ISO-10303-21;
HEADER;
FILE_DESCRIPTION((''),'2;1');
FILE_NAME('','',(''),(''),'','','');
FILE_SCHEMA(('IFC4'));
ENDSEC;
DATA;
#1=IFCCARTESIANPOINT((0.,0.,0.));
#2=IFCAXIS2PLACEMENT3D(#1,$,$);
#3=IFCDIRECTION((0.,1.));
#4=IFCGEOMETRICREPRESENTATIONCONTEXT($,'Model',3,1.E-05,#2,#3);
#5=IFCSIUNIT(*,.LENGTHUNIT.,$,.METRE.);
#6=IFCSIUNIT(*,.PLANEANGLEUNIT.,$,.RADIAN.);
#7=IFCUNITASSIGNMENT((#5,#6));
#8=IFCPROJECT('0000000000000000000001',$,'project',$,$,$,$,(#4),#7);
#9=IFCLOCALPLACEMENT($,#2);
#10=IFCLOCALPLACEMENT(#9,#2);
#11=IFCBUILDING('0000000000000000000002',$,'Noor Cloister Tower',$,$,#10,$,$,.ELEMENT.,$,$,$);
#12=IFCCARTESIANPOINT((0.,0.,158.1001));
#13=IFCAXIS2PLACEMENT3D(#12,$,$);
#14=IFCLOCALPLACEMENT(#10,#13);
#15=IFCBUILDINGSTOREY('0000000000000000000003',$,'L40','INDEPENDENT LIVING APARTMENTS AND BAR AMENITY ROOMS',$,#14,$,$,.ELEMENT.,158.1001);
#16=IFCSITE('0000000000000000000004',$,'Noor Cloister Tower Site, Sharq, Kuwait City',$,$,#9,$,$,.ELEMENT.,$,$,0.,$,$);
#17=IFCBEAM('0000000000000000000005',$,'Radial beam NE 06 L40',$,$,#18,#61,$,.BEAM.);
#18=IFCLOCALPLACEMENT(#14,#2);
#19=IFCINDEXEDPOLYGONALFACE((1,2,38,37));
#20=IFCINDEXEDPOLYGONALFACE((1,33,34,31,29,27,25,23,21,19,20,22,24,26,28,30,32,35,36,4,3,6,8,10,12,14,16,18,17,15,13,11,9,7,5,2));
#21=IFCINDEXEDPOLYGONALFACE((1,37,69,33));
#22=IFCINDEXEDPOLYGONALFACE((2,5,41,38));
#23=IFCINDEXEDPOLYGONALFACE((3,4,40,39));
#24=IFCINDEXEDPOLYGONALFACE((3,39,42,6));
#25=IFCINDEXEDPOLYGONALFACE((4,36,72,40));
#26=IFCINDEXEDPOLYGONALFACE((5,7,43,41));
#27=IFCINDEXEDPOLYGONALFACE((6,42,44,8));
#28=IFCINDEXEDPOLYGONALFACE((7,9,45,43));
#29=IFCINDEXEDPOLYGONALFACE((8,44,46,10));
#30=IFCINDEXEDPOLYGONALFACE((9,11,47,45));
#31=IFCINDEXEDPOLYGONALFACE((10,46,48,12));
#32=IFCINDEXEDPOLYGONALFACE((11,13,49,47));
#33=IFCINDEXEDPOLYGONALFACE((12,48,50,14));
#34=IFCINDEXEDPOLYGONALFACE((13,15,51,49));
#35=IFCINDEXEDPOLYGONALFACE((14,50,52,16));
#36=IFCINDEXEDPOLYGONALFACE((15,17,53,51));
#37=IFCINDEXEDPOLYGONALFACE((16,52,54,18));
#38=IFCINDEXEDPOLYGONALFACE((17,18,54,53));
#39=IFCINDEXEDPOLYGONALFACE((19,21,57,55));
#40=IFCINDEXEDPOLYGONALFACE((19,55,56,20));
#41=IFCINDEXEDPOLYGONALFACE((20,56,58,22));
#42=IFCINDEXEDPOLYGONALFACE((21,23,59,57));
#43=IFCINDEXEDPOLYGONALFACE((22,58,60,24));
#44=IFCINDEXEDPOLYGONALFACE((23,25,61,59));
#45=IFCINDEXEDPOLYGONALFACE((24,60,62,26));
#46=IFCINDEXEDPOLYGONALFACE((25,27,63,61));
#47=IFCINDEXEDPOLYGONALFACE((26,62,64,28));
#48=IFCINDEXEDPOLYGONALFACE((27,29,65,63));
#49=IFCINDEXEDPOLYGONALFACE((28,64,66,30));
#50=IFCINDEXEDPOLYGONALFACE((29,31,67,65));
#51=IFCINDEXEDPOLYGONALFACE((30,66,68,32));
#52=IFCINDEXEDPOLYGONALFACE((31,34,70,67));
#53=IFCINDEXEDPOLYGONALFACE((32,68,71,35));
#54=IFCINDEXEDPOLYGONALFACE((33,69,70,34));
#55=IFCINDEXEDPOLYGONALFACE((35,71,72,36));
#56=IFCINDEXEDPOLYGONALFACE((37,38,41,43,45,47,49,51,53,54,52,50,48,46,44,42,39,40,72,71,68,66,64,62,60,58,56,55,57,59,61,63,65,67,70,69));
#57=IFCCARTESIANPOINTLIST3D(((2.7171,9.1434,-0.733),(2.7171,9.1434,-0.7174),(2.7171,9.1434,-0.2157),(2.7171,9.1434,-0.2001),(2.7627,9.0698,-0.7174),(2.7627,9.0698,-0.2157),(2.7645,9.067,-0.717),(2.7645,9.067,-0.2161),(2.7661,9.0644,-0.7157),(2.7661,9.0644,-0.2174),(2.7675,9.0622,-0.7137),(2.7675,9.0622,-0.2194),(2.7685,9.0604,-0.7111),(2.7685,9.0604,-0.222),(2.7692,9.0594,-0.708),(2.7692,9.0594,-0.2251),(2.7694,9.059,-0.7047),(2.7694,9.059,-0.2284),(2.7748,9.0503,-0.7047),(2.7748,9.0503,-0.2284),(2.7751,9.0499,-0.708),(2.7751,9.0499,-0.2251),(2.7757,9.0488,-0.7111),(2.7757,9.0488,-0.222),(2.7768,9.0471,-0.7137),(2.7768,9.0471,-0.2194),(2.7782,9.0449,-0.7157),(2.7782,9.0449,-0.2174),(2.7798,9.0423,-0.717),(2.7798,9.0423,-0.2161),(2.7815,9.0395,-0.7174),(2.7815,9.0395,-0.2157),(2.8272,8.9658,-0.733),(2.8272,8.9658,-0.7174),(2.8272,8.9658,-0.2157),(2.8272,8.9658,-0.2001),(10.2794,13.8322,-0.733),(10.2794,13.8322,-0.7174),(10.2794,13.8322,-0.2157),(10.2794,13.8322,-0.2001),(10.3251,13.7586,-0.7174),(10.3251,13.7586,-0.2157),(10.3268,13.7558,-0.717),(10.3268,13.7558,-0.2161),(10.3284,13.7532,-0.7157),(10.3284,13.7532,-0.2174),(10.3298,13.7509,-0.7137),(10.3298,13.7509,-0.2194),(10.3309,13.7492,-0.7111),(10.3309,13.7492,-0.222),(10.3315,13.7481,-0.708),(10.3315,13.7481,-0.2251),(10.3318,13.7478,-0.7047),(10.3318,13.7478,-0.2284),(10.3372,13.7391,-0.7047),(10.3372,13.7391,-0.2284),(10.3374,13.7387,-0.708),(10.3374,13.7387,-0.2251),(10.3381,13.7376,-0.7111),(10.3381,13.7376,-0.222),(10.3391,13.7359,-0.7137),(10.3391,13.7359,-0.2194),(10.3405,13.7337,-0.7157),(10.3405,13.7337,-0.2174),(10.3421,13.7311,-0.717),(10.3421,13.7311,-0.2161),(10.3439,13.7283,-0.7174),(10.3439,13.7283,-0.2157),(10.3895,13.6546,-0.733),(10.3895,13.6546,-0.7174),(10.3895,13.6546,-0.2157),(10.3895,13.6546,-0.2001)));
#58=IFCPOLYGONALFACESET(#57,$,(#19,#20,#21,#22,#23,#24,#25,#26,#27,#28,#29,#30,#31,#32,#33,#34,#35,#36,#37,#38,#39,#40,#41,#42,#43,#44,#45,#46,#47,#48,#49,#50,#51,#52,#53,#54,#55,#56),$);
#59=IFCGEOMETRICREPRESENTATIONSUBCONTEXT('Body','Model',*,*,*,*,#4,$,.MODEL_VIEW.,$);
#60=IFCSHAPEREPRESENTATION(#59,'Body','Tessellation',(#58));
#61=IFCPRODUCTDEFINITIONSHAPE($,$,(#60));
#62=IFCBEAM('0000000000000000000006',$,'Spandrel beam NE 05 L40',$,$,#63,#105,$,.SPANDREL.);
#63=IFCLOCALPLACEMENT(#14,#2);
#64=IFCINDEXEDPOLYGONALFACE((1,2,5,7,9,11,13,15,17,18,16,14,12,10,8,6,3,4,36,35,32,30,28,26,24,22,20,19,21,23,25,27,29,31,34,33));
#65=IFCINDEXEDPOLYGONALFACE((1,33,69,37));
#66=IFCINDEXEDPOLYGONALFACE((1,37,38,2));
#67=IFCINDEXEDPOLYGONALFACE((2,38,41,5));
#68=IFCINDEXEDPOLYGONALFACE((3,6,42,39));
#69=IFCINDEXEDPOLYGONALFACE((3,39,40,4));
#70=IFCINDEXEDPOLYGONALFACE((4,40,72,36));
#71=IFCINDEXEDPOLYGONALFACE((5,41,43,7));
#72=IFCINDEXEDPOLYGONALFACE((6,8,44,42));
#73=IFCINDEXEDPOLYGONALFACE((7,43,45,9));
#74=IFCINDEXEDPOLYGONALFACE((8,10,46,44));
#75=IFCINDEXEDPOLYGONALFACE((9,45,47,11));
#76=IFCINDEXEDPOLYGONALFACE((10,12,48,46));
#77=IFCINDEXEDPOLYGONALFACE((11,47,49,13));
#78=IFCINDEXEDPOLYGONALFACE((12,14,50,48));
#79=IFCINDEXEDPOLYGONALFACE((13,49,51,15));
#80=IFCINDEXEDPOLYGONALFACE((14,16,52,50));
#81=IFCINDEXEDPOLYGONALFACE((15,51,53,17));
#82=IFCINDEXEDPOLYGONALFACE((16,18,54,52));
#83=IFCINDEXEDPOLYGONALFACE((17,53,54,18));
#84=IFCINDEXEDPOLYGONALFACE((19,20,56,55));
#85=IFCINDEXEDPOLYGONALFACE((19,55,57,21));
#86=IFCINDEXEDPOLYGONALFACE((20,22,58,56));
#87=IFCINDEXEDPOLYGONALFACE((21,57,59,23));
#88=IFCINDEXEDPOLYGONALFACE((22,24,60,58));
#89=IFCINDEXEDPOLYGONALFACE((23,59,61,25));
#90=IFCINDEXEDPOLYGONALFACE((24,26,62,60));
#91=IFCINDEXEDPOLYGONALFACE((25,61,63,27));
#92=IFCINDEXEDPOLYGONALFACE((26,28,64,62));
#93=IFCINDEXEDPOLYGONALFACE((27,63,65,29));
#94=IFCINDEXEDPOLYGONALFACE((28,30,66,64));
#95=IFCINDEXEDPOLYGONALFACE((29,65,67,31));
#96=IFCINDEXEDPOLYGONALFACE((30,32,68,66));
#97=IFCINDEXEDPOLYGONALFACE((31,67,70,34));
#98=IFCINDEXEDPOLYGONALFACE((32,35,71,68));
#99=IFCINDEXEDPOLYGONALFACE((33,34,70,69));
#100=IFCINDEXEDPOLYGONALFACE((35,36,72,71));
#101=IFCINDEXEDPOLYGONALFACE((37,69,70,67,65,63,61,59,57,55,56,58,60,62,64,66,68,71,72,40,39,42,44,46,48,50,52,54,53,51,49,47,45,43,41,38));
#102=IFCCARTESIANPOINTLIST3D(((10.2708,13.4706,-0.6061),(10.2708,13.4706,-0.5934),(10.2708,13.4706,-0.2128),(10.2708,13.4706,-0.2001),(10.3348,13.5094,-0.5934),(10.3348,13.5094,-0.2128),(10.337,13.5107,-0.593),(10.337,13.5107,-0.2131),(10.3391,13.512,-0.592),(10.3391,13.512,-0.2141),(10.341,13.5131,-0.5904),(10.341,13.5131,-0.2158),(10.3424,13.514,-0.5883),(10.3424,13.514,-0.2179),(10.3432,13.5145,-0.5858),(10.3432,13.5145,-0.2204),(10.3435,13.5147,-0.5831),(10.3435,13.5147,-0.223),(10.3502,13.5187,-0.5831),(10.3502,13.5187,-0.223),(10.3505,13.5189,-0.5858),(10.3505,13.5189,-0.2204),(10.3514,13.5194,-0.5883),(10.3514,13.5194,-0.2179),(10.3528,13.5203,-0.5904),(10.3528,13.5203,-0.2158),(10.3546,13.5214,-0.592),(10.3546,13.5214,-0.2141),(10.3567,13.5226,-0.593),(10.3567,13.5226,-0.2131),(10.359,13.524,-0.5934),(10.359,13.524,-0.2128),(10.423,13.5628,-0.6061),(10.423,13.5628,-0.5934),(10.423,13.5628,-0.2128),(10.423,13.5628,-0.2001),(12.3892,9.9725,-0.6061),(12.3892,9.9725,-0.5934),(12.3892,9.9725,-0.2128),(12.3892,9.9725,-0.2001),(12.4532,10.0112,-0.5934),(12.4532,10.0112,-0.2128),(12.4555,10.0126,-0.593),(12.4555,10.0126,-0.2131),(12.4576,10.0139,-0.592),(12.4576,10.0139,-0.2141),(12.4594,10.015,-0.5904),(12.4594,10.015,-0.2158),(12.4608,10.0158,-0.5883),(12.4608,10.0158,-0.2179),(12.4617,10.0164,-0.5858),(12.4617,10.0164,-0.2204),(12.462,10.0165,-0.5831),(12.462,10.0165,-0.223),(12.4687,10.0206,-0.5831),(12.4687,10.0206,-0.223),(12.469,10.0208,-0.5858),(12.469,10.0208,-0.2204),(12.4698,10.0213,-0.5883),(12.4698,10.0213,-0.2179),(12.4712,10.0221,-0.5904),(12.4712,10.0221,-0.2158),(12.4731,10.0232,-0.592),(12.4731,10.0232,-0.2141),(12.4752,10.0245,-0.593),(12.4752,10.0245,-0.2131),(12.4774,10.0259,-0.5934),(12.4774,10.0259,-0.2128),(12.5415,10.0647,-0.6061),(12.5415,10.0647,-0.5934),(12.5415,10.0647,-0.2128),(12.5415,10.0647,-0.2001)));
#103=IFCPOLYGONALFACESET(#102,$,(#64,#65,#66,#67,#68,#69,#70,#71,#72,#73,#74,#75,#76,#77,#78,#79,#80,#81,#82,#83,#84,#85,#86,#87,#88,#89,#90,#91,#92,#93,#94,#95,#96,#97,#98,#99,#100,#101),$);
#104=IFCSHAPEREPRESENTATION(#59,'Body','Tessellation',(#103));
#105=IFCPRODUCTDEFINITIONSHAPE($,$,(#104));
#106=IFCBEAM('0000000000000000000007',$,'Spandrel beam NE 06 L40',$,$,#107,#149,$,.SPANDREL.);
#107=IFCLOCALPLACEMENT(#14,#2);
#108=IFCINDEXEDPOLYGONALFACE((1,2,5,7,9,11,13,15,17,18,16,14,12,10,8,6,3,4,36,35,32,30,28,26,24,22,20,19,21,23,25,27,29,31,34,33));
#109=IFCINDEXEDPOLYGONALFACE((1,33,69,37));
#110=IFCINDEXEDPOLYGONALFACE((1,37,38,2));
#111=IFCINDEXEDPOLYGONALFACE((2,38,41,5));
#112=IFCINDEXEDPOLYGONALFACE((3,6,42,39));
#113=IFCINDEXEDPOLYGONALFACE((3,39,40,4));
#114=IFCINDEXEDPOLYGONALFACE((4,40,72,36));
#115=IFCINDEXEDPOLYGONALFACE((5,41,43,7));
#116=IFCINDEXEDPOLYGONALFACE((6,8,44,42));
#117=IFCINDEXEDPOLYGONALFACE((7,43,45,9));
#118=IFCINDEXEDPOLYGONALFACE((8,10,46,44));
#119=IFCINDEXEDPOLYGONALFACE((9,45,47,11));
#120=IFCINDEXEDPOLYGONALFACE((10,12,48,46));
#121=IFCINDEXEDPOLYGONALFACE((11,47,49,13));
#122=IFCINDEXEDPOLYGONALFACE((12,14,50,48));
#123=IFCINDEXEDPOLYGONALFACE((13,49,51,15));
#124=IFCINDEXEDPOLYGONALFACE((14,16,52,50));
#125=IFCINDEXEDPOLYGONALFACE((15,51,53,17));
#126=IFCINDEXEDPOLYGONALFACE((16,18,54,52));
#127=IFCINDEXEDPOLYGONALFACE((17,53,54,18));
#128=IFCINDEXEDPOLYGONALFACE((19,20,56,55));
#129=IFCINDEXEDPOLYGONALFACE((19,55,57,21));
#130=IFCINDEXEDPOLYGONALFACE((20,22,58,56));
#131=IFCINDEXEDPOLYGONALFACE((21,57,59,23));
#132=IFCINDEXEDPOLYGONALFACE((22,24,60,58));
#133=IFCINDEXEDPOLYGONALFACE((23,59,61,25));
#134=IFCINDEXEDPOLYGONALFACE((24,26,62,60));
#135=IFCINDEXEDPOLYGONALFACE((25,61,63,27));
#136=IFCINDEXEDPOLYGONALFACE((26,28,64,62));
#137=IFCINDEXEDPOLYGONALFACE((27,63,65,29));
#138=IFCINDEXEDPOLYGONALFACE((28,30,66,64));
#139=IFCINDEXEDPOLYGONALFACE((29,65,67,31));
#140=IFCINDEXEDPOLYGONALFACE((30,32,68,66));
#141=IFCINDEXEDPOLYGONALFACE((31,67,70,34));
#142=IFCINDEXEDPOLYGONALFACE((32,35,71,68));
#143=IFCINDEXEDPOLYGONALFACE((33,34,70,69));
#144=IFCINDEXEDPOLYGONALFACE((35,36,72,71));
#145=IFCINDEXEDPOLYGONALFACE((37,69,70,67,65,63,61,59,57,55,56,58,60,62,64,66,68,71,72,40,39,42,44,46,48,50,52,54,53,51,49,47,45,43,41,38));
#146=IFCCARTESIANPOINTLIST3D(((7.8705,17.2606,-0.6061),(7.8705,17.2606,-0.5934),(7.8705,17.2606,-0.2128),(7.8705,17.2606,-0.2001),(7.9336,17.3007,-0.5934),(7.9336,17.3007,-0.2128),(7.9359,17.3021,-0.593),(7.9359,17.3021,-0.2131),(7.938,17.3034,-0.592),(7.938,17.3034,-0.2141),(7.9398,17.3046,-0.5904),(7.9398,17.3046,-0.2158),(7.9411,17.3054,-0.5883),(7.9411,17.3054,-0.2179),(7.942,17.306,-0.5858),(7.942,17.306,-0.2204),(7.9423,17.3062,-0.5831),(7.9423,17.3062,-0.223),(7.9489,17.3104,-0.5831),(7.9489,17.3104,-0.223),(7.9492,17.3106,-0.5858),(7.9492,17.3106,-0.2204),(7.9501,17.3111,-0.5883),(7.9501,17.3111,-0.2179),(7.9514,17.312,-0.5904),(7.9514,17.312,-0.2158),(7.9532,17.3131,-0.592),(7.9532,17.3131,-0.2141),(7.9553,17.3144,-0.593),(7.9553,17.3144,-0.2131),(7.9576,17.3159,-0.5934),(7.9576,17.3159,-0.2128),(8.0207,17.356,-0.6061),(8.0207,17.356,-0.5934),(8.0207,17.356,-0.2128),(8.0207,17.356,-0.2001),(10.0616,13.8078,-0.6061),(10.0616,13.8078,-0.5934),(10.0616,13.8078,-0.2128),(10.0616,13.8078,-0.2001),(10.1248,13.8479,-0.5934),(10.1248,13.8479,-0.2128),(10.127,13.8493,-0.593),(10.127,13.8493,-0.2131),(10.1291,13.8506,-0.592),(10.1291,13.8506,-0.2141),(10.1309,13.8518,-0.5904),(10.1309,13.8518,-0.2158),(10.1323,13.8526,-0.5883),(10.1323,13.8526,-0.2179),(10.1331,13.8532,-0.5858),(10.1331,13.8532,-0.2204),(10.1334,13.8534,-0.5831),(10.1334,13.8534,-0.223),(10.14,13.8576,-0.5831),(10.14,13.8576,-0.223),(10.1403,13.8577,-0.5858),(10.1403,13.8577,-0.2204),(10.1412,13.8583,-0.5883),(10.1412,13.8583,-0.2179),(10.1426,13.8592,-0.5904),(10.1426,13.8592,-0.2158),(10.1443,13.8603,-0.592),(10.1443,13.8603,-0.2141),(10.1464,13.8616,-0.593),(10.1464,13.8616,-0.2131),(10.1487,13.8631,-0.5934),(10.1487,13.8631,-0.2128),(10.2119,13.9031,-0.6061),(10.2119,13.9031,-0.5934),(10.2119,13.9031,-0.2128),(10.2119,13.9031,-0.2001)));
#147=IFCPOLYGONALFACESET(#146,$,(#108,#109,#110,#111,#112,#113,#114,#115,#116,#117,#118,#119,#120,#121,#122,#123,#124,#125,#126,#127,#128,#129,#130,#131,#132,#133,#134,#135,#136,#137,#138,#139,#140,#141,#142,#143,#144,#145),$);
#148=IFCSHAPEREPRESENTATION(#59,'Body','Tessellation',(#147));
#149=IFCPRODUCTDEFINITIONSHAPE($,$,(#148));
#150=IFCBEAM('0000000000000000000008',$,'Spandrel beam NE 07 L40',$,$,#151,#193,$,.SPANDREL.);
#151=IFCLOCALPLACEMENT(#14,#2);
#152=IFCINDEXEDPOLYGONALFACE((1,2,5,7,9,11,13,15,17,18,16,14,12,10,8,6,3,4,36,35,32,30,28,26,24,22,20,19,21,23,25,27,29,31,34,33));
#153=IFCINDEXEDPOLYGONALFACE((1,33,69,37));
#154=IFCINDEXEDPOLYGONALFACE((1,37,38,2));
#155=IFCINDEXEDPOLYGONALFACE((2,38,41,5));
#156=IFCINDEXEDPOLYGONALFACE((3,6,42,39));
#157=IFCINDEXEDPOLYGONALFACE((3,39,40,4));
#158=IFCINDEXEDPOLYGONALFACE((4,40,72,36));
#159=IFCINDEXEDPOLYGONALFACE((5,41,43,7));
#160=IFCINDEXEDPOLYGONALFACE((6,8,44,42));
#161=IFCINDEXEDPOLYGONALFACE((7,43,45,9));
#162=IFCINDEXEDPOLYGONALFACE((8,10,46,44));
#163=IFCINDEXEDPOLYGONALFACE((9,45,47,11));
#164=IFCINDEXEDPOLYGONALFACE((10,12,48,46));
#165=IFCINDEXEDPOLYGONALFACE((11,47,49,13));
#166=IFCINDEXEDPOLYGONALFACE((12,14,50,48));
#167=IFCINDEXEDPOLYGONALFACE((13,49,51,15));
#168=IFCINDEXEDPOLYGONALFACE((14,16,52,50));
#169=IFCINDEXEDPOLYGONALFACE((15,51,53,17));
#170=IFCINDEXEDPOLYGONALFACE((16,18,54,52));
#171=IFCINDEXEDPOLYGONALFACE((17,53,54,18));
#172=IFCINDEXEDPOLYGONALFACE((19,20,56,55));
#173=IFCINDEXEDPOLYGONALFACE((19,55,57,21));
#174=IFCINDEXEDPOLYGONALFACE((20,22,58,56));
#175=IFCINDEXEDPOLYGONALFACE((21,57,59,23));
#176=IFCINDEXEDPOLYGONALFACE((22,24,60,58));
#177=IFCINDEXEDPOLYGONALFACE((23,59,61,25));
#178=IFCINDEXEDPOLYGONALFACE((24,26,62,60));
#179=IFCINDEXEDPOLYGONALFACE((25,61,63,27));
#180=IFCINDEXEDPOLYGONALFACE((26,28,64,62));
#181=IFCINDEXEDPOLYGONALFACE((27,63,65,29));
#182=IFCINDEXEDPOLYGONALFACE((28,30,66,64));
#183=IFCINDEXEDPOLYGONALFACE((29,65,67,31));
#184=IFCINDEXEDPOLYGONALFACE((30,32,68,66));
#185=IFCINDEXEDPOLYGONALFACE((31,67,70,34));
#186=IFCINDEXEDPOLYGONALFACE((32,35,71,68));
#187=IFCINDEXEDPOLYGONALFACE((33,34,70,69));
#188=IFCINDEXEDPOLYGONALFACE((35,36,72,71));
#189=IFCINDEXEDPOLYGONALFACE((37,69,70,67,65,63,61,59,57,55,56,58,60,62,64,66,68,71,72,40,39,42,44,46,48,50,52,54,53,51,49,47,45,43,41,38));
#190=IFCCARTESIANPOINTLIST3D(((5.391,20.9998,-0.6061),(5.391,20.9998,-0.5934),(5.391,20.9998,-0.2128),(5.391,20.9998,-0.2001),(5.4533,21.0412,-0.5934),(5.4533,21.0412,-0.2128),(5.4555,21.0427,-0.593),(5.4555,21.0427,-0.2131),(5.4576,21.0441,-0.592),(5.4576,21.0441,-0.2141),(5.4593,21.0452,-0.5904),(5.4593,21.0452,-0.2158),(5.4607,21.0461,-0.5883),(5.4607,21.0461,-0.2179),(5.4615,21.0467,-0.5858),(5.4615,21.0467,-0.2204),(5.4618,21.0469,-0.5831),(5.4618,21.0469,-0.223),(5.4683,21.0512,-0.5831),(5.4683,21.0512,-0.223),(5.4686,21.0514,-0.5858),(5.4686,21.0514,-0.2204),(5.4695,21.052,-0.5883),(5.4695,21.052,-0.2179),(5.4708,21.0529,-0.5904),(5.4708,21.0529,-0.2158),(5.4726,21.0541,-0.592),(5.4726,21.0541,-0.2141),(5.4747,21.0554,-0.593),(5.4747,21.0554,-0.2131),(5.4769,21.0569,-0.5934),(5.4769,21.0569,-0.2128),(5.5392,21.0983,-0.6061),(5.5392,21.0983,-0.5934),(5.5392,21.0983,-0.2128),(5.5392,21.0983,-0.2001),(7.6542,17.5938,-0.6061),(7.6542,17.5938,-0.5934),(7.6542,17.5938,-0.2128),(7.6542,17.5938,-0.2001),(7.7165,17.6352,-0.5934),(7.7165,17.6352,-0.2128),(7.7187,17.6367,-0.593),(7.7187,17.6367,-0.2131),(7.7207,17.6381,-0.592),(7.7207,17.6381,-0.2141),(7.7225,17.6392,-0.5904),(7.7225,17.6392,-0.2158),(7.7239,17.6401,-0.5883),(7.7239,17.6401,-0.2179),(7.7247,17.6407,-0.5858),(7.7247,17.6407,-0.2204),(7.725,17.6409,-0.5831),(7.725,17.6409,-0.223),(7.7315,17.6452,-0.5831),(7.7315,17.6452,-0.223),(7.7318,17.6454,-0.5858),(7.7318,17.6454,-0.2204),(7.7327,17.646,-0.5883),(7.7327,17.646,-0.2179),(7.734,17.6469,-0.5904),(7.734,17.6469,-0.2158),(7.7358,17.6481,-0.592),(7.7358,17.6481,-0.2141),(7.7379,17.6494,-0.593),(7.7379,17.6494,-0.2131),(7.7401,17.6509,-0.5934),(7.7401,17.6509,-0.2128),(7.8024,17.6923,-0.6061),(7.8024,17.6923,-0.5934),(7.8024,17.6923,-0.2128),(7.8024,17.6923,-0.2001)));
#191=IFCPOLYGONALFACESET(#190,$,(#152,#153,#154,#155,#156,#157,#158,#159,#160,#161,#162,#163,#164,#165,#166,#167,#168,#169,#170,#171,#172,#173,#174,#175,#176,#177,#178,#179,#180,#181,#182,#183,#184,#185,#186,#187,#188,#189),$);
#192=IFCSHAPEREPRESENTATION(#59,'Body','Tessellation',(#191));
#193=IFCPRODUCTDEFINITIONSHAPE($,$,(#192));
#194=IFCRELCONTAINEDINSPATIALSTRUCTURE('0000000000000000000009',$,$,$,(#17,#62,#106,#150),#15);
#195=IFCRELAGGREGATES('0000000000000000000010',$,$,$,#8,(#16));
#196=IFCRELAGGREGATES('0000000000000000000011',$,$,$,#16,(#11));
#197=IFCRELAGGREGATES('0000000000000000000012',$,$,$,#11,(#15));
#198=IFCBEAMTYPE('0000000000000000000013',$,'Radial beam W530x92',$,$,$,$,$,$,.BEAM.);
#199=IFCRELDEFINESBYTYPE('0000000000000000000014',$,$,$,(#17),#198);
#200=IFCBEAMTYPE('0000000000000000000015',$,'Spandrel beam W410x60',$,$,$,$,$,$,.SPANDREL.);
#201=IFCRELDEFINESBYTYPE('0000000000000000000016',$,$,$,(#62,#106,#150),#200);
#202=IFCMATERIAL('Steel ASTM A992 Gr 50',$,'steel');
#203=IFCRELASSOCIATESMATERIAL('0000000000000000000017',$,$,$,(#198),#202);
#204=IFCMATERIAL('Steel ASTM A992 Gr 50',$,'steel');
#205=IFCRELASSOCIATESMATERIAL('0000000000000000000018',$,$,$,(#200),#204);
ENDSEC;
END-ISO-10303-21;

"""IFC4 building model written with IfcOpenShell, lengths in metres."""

from ifc_helpers import new_model, si_unit, direction, frame, origin, origin_2d, place, context, subcontext, project, spatial, i_section, extrude, material, material_profile, profile_set, type_object, element, save


model = new_model("IFC4")

# Units and contexts
model_context = context("Model", 3, precision=1e-05, world=origin(), true_north=direction((0.0, 1.0)))
body_context = subcontext(model_context, "Body", "Model", "MODEL_VIEW")
ifc_project = project(units=[si_unit("LENGTHUNIT", "METRE"), si_unit("PLANEANGLEUNIT", "RADIAN")], contexts=[model_context])

# Site, building, storey
site_placement = place(None, origin())
site = spatial("IfcSite", under=ifc_project, at=site_placement, Name="Noor Cloister Tower Site, Sharq, Kuwait City", CompositionType="ELEMENT", RefElevation=0.0)
building_placement = place(site_placement, origin())
building = spatial("IfcBuilding", under=site, at=building_placement, Name="Noor Cloister Tower", CompositionType="ELEMENT")
storey_placement = place(building_placement, frame((0.0, 0.0, 158.1001)))
storey = spatial("IfcBuildingStorey", under=building, at=storey_placement, Name="L40", Description="INDEPENDENT LIVING APARTMENTS AND BAR AMENITY ROOMS", CompositionType="ELEMENT", Elevation=158.1001)

# Beams
ifc_material_1 = material(Name="Steel ASTM A992 Gr 50", Category="steel")
ifc_material_profile_1 = material_profile(ifc_material_1, i_section(OverallWidth=0.209, OverallDepth=0.533, WebThickness=0.0103, FlangeThickness=0.0156, FilletRadius=0.0127, at=origin_2d()), Name="W530x92")
ifc_profile_set_1 = profile_set([ifc_material_profile_1], Name="Steel ASTM A992 Gr 50")
beam_type_1 = type_object("IfcBeamType", Name="Radial beam W530x92", PredefinedType="BEAM", material=ifc_profile_set_1)
beam_1_placement = place(storey_placement, frame((10.3345, 13.7434, -0.4666), z_axis=(-0.849897, -0.52695, 0.0), x_axis=(0.52695, -0.849897, 0.0)))
element("IfcBeam", 1, at=beam_1_placement, inside=storey, type_object=beam_type_1, Name="Radial beam NE 06 L40", PredefinedType="BEAM", context=body_context, shape_type="SweptSolid", body=[
    extrude(i_section(OverallWidth=0.209, OverallDepth=0.533, WebThickness=0.0103, FlangeThickness=0.0156, FilletRadius=0.0127, at=origin_2d()), origin(), (0.0, 0.0, 1.0), 8.8979),
])
ifc_material_2 = material(Name="Steel ASTM A992 Gr 50", Category="steel")
ifc_material_profile_2 = material_profile(ifc_material_2, i_section(OverallWidth=0.178, OverallDepth=0.406, WebThickness=0.0078, FlangeThickness=0.0127, FilletRadius=0.0103, at=origin_2d()), Name="W410x60")
ifc_profile_set_2 = profile_set([ifc_material_profile_2], Name="Steel ASTM A992 Gr 50")
beam_type_2 = type_object("IfcBeamType", Name="Spandrel beam W410x60", PredefinedType="SPANDREL", material=ifc_profile_set_2)
beam_2_placement = place(storey_placement, frame((12.4653, 10.0186, -0.4031), z_axis=(-0.518012, 0.855373, 0.0), x_axis=(-0.855373, -0.518012, 0.0)))
element("IfcBeam", 2, at=beam_2_placement, inside=storey, type_object=beam_type_2, Name="Spandrel beam NE 05 L40", PredefinedType="SPANDREL", context=body_context, shape_type="SweptSolid", body=[
    extrude(i_section(OverallWidth=0.178, OverallDepth=0.406, WebThickness=0.0078, FlangeThickness=0.0127, FilletRadius=0.0103, at=origin_2d()), origin(), (0.0, 0.0, 1.0), 4.0896),
])
for number, where, z_axis, x_axis, name in (
    (3, (10.1367, 13.8555, -0.4031), (-0.535809, 0.844339, 0.0), (-0.844339, -0.535809, 0.0), "Spandrel beam NE 06 L40"),
    (4, (7.7283, 17.6431, -0.4031), (-0.553432, 0.832894, 0.0), (-0.832894, -0.553432, 0.0), "Spandrel beam NE 07 L40"),
):
    element("IfcBeam", number, at=place(storey_placement, frame(where, z_axis=z_axis, x_axis=x_axis)), inside=storey, type_object=beam_type_2, Name=name, PredefinedType="SPANDREL", context=body_context, shape_type="SweptSolid", body=[
        extrude(i_section(OverallWidth=0.178, OverallDepth=0.406, WebThickness=0.0078, FlangeThickness=0.0127, FilletRadius=0.0103, at=origin_2d()), origin(), (0.0, 0.0, 1.0), 4.0894),
    ])

save(model, "model.ifc")
